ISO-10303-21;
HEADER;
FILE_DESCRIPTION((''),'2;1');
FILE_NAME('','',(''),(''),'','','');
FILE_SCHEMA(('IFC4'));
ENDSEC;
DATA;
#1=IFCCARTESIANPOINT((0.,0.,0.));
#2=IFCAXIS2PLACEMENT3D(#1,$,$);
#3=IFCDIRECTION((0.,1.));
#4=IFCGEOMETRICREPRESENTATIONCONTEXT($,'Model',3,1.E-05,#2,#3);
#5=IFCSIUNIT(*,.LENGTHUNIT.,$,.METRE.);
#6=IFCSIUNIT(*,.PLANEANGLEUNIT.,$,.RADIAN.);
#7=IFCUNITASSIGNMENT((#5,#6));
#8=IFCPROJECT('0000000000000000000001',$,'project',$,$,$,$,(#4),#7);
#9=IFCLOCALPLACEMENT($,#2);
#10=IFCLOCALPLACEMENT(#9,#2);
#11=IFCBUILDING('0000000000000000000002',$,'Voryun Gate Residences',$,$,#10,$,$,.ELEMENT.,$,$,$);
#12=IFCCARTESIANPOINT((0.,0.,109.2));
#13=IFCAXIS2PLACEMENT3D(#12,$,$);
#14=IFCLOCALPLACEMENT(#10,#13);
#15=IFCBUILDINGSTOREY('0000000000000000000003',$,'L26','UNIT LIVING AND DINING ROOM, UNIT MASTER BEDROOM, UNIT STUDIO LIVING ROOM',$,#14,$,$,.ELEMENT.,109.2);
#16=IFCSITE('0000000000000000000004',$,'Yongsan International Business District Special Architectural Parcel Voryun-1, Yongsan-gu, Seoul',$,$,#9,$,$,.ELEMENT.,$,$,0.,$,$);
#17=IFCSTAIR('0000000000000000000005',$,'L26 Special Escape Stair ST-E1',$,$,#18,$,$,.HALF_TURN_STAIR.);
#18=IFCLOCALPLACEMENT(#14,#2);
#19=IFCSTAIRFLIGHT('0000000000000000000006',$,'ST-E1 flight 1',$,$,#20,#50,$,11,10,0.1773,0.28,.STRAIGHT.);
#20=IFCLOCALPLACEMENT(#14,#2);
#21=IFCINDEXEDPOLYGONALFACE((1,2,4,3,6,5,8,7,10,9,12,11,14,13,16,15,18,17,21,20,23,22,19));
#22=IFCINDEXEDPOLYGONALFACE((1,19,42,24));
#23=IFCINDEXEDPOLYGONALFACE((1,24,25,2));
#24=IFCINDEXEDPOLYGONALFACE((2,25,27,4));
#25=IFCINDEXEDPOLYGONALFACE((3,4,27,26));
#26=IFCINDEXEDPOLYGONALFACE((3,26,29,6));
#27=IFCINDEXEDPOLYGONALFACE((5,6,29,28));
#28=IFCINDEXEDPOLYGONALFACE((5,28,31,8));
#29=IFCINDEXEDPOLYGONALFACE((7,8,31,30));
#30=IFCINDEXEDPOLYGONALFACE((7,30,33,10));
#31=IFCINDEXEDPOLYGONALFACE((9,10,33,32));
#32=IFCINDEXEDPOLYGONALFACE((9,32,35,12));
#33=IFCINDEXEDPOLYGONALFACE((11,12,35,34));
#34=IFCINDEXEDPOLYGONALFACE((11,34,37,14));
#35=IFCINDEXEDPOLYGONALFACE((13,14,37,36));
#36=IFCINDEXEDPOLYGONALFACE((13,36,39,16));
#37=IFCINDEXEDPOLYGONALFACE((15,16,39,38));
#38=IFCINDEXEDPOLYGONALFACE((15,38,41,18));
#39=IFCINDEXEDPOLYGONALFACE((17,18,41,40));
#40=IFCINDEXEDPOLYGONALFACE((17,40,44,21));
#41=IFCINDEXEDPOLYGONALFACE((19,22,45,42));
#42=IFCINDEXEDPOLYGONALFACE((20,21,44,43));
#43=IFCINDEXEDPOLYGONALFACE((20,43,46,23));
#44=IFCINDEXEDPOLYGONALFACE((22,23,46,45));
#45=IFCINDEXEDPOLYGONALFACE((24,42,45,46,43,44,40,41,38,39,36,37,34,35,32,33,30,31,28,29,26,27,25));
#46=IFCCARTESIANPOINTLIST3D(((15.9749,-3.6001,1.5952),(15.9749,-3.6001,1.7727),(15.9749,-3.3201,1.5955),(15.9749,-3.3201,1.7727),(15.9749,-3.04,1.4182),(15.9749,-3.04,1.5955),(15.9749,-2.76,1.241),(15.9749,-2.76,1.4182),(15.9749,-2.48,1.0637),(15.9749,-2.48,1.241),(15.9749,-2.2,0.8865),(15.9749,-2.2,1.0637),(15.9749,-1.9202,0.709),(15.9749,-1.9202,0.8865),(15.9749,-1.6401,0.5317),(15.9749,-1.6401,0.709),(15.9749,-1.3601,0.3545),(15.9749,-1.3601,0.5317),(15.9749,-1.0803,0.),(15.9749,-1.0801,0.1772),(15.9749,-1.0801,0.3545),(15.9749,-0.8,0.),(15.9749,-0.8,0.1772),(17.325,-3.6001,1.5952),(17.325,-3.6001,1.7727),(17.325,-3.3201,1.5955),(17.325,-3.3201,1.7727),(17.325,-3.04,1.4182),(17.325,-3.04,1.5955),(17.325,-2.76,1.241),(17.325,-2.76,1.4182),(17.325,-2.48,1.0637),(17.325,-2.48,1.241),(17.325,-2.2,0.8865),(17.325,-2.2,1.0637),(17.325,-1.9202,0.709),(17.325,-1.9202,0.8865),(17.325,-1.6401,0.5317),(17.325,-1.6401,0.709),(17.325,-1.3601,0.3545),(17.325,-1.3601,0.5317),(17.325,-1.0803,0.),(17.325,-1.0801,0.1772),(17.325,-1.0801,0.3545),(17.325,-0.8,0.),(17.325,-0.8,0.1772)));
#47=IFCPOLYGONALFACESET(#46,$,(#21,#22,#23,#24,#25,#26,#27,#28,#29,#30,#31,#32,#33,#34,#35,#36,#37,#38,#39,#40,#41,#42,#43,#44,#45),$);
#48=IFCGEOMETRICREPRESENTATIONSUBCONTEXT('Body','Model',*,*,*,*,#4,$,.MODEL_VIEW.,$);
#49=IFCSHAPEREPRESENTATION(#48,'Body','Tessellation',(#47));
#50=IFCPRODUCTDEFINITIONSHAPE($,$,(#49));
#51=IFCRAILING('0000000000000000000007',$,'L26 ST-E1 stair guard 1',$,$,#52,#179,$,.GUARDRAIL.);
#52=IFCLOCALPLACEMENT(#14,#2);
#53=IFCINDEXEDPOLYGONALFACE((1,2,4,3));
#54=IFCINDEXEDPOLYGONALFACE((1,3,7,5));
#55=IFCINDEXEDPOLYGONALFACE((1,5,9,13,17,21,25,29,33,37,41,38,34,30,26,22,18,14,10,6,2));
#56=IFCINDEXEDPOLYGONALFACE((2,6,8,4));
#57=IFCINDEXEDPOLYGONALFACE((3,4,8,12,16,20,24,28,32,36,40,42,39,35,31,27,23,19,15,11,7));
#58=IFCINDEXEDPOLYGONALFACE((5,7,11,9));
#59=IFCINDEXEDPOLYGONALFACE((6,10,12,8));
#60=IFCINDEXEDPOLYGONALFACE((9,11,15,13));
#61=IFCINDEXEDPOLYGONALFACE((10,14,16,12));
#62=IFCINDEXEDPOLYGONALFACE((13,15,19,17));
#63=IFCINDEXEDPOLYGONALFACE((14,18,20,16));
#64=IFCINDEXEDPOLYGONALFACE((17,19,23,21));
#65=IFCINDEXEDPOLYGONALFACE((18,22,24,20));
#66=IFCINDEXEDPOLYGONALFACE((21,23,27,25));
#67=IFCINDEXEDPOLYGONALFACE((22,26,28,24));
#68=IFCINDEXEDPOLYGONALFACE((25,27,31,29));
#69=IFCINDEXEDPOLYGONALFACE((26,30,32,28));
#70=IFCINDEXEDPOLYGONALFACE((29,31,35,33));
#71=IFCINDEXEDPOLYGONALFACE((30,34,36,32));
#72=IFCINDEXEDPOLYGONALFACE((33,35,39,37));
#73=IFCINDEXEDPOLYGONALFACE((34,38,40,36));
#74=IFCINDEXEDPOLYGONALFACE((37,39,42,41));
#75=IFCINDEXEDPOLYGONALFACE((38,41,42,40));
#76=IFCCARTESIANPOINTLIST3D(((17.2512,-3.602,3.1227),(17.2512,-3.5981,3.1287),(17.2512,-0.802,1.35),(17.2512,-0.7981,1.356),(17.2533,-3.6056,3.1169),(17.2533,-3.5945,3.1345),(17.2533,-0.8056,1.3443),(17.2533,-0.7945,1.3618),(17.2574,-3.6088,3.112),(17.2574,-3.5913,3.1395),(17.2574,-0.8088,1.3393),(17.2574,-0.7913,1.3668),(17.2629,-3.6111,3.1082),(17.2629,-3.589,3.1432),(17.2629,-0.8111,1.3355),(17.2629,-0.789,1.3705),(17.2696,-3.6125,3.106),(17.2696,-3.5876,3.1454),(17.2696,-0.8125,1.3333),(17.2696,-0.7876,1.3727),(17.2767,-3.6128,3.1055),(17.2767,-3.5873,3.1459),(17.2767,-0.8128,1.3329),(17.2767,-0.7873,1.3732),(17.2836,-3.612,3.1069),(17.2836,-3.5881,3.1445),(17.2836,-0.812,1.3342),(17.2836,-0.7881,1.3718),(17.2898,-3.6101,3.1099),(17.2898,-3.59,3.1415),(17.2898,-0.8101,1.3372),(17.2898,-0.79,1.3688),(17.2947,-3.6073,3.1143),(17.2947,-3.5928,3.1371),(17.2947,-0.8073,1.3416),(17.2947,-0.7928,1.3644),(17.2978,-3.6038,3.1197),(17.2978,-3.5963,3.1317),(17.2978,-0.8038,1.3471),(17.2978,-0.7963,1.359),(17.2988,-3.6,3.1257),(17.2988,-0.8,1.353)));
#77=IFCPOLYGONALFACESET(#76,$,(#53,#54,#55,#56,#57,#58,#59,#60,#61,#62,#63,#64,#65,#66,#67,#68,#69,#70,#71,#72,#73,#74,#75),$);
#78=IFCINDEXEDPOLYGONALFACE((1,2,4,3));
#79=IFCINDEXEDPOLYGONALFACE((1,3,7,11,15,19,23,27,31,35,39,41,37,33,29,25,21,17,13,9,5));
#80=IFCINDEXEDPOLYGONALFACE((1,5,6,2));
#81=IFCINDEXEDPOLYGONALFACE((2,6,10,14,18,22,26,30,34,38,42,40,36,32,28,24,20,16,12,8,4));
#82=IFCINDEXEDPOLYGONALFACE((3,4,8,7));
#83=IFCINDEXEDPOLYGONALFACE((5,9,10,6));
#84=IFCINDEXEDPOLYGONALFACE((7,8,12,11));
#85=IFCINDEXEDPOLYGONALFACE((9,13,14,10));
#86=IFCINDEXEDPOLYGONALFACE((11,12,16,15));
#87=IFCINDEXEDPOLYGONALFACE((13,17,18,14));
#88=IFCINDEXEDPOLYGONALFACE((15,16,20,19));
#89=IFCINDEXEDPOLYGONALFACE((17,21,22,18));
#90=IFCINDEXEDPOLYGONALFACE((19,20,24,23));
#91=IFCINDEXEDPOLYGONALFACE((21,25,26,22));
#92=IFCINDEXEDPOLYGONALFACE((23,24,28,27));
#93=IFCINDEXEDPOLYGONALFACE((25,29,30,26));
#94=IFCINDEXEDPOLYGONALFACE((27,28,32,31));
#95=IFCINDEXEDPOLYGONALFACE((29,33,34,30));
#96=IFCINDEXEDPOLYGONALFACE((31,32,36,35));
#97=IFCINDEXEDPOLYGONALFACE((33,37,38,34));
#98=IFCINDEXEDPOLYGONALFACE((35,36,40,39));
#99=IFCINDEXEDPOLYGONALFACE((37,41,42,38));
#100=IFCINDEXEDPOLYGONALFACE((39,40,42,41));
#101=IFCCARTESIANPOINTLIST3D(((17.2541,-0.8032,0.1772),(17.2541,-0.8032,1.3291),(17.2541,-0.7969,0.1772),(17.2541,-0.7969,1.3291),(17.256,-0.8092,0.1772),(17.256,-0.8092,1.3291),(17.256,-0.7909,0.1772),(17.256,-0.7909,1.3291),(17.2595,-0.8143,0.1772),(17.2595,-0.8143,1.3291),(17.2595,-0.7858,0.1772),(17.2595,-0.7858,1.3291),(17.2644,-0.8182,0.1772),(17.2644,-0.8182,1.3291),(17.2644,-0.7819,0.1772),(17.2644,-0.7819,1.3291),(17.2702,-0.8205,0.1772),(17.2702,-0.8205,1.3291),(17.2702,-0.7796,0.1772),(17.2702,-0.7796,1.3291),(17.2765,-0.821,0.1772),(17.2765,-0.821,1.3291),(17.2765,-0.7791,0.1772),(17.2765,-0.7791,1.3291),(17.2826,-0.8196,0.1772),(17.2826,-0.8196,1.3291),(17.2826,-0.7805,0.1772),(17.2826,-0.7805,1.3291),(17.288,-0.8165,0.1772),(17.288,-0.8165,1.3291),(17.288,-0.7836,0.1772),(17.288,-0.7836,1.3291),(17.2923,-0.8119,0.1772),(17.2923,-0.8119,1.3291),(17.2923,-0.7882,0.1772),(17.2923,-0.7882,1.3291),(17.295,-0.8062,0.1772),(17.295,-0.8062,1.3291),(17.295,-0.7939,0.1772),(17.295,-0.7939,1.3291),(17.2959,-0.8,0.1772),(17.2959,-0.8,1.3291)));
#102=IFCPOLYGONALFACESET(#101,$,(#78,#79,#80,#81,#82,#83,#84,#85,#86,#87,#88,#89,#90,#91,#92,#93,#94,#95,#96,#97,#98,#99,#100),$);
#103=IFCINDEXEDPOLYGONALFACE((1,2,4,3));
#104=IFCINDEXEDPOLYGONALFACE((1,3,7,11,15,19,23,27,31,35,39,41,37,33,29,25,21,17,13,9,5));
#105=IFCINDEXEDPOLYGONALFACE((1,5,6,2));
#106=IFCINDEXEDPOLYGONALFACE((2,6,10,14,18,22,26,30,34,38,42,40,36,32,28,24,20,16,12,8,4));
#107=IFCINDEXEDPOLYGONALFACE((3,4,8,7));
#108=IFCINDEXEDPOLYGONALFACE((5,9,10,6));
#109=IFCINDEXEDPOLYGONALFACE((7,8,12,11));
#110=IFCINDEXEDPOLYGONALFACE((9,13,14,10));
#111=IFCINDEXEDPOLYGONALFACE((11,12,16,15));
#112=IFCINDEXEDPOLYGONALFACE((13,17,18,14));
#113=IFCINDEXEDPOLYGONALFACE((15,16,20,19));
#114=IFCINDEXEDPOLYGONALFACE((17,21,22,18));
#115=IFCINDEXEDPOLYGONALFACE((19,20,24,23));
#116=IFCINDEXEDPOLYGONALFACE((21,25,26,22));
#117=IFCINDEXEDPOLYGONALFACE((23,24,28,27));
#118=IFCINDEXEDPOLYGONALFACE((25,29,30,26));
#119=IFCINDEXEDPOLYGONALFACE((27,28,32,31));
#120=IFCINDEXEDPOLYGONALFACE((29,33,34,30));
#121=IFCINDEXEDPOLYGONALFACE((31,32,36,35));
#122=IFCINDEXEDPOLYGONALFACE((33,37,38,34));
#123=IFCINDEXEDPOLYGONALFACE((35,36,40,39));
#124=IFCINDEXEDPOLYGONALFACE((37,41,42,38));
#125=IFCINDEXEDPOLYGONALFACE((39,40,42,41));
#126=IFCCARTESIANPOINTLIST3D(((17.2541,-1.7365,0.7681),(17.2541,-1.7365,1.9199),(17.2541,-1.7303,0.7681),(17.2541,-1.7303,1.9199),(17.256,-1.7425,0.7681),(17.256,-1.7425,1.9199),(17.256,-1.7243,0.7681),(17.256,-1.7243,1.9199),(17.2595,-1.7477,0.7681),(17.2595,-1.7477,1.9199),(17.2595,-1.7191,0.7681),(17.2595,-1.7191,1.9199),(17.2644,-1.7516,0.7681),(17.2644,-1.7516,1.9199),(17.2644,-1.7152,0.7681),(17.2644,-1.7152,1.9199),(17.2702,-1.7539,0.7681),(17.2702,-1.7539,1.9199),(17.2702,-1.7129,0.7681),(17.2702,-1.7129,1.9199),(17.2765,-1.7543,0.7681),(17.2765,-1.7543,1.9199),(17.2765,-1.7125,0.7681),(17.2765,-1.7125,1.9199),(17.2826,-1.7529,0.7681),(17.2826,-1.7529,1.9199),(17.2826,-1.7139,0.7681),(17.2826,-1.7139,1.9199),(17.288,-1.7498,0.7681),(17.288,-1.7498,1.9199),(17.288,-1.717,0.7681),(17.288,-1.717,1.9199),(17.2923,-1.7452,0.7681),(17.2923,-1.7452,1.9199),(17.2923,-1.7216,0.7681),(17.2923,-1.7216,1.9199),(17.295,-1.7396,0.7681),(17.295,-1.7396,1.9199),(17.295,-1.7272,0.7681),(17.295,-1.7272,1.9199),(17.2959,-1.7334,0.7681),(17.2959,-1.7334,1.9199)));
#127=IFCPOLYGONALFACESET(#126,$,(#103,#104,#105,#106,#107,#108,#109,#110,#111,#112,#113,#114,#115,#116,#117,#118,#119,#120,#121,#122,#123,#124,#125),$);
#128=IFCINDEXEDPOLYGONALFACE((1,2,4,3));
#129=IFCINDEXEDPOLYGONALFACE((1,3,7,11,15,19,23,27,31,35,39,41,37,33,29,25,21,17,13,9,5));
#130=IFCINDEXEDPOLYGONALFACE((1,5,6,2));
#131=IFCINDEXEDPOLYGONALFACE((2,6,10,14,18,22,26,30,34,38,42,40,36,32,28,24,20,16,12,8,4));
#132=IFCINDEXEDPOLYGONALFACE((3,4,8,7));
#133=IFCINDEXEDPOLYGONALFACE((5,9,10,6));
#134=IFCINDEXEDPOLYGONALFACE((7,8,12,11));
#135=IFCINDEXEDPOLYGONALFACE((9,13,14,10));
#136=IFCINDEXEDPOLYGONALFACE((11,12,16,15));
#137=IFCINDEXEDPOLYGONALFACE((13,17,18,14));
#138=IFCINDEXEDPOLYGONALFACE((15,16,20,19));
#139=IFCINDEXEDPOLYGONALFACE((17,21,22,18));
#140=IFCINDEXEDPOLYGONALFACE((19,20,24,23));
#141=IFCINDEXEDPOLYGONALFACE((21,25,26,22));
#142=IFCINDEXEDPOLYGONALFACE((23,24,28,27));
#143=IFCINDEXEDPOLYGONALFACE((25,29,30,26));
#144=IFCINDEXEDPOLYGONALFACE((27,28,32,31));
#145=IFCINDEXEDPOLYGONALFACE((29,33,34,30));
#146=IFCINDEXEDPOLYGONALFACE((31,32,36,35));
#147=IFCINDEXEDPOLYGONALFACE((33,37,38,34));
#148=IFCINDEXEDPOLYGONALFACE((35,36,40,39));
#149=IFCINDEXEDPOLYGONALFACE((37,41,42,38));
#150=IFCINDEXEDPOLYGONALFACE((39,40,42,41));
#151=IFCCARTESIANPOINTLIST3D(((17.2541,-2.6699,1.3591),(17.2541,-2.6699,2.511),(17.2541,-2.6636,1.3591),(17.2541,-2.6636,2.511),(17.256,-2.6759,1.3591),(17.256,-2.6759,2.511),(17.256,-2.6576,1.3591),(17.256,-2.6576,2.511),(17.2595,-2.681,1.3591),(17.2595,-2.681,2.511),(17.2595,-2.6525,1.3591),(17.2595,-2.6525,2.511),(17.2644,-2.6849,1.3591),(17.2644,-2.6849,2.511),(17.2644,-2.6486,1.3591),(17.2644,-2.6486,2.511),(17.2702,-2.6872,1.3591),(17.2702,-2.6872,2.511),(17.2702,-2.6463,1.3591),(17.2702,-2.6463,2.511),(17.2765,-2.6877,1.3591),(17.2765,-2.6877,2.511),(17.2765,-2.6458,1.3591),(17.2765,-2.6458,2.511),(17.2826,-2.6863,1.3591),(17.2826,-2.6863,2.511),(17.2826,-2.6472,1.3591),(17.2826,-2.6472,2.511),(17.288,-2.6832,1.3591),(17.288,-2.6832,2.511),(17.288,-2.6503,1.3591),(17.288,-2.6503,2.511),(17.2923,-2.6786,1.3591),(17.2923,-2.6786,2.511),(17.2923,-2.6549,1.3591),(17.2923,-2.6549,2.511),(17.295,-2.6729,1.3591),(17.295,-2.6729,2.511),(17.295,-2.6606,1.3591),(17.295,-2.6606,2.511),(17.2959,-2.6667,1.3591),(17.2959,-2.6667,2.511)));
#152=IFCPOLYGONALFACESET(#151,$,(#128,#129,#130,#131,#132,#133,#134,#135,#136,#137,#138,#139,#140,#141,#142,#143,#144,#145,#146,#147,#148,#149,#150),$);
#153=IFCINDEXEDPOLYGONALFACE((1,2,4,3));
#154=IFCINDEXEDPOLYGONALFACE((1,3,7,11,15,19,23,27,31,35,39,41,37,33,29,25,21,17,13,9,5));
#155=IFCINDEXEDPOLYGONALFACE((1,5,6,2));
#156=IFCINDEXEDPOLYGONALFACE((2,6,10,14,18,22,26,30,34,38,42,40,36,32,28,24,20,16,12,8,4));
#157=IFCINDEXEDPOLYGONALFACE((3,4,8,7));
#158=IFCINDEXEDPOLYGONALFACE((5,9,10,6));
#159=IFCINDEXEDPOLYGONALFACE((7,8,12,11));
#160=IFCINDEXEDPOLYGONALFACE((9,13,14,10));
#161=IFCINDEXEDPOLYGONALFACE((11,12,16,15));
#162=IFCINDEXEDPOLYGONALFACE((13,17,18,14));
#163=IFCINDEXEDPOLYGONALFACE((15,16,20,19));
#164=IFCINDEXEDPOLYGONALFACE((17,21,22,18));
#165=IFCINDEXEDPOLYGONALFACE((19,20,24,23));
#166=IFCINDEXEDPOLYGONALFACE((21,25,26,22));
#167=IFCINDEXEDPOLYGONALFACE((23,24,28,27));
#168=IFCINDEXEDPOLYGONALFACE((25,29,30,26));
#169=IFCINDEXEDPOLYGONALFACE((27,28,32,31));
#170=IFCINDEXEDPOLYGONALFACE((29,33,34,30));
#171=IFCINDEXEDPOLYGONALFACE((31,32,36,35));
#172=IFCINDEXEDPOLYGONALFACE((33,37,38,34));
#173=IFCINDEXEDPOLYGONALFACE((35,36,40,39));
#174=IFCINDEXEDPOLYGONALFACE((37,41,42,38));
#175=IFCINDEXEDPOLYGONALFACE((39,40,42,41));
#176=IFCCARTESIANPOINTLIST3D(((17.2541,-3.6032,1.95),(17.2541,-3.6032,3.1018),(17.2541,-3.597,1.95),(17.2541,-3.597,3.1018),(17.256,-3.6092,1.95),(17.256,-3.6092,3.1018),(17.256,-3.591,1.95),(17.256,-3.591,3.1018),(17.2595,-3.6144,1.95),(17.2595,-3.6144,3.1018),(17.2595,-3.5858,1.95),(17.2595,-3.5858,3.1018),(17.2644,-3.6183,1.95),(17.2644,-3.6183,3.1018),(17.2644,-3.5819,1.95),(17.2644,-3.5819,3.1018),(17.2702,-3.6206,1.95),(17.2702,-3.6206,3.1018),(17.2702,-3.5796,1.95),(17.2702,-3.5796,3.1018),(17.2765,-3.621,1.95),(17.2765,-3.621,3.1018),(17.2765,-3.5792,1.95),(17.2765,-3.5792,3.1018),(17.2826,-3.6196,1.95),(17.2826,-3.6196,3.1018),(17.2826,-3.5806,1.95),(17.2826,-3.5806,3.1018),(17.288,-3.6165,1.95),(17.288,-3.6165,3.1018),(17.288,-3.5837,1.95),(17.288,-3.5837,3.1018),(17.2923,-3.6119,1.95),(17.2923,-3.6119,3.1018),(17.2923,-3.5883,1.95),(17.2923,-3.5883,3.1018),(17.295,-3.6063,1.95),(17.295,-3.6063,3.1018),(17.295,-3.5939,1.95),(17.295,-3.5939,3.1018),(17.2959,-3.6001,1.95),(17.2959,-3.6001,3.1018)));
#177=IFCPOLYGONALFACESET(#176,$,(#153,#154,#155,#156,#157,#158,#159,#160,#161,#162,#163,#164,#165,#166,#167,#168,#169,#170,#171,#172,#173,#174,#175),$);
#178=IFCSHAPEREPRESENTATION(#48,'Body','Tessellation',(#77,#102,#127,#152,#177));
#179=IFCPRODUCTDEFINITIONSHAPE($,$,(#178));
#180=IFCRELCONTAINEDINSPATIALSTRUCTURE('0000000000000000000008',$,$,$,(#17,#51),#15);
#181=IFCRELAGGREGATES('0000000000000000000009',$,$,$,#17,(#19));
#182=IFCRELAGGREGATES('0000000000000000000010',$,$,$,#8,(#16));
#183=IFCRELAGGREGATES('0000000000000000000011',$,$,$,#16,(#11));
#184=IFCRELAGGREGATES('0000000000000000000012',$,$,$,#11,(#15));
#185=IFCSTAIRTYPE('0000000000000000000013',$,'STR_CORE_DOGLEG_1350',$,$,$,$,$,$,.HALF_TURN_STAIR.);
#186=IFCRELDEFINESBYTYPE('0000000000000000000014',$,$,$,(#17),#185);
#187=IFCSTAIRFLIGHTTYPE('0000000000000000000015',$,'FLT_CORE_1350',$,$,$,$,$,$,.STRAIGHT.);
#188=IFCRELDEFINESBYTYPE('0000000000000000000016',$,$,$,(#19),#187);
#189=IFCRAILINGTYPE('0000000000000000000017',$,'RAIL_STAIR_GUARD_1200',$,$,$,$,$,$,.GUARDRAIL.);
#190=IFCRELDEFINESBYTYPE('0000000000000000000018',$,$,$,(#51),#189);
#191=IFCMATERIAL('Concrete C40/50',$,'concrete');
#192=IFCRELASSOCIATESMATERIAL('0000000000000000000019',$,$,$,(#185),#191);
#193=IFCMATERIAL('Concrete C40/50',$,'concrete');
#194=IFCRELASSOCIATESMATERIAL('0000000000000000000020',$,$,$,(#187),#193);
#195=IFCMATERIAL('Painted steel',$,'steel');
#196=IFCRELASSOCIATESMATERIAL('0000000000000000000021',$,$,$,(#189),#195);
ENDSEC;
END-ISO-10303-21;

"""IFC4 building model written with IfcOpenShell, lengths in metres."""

from ifc_helpers import new_model, si_unit, direction, frame, origin, origin_2d, place, context, subcontext, project, spatial, polyline, circle, outline, extrude, material, type_object, element, aggregate, save


model = new_model("IFC4")

# Units and contexts
model_context = context("Model", 3, precision=1e-05, world=origin(), true_north=direction((0.0, 1.0)))
body_context = subcontext(model_context, "Body", "Model", "MODEL_VIEW")
ifc_project = project(units=[si_unit("LENGTHUNIT", "METRE"), si_unit("PLANEANGLEUNIT", "RADIAN")], contexts=[model_context])

# Site, building, storey
site_placement = place(None, origin())
site = spatial("IfcSite", under=ifc_project, at=site_placement, Name="Yongsan International Business District Special Architectural Parcel Voryun-1, Yongsan-gu, Seoul", CompositionType="ELEMENT", RefElevation=0.0)
building_placement = place(site_placement, origin())
building = spatial("IfcBuilding", under=site, at=building_placement, Name="Voryun Gate Residences", CompositionType="ELEMENT")
storey_placement = place(building_placement, frame((0.0, 0.0, 109.2)))
storey = spatial("IfcBuildingStorey", under=building, at=storey_placement, Name="L26", Description="UNIT LIVING AND DINING ROOM, UNIT MASTER BEDROOM, UNIT STUDIO LIVING ROOM", CompositionType="ELEMENT", Elevation=109.2)

# Stair, stair flight
ifc_material_1 = material(Name="Concrete C40/50", Category="concrete")
stair_type = type_object("IfcStairType", Name="STR_CORE_DOGLEG_1350", PredefinedType="HALF_TURN_STAIR", material=ifc_material_1)
stair_placement = place(storey_placement, origin())
stair = element("IfcStair", 1, at=stair_placement, inside=storey, type_object=stair_type, Name="L26 Special Escape Stair ST-E1", PredefinedType="HALF_TURN_STAIR")
ifc_material_2 = material(Name="Concrete C40/50", Category="concrete")
stair_flight_type = type_object("IfcStairFlightType", Name="FLT_CORE_1350", PredefinedType="STRAIGHT", material=ifc_material_2)
stair_flight_placement = place(storey_placement, frame((16.6499, -0.8, 0.0), z_axis=(0.0, 0.0, 1.0), x_axis=(0.0, -1.0, 0.0)))
stair_flight = element("IfcStairFlight", 2, at=stair_flight_placement, type_object=stair_flight_type, Name="ST-E1 flight 1", NumberOfRisers=11, NumberOfTreads=10, PredefinedType="STRAIGHT", RiserHeight=0.1773, TreadLength=0.28, context=body_context, shape_type="SweptSolid", body=[
    extrude(outline(polyline([(0.0, 0.0), (0.0, 0.1772), (0.28, 0.1772), (0.28, 0.3545), (0.5601, 0.3545), (0.5601, 0.5317), (0.8401, 0.5317), (0.8401, 0.709), (1.1201, 0.709), (1.1201, 0.8865), (1.3999, 0.8865), (1.3999, 1.0637), (1.6799, 1.0637), (1.6799, 1.241), (1.96, 1.241), (1.96, 1.4182), (2.24, 1.4182), (2.24, 1.5955), (2.52, 1.5955), (2.52, 1.7727), (2.8, 1.7727), (2.8, 1.95), (2.8, 1.5952), (0.2803, 0.0), (0.0, 0.0)])), frame((0.0, 0.675, 0.0), z_axis=(0.0, -1.0, 0.0), x_axis=(1.0, 0.0, 0.0)), (0.0, 0.0, 1.0), 1.3501),
])
aggregate(stair, [stair_flight])

# Railing
ifc_material_3 = material(Name="Painted steel", Category="steel")
railing_type_1 = type_object("IfcRailingType", Name="RAIL_STAIR_GUARD_1200", PredefinedType="GUARDRAIL", material=ifc_material_3)
railing_1_placement = place(storey_placement, frame((17.2749, -0.8, 0.1772)))
element("IfcRailing", 3, at=railing_1_placement, inside=storey, type_object=railing_type_1, Name="L26 ST-E1 stair guard 1", PredefinedType="GUARDRAIL", context=body_context, shape_type="SweptSolid", body=[
    extrude(circle(Radius=0.0239, at=origin_2d()), frame((0.0, 0.0, 1.1758), z_axis=(0.0, -0.844909, 0.53491), x_axis=(1.0, 0.0, 0.0)), (0.0, 0.0, 1.0), 3.314),
    extrude(circle(Radius=0.021, at=origin_2d()), origin(), (0.0, 0.0, 1.0), 1.1519),
    extrude(circle(Radius=0.021, at=origin_2d()), frame((0.0, -0.9333, 0.5908)), (0.0, 0.0, 1.0), 1.1519),
    extrude(circle(Radius=0.021, at=origin_2d()), frame((0.0, -1.8667, 1.1819)), (0.0, 0.0, 1.0), 1.1519),
    extrude(circle(Radius=0.021, at=origin_2d()), frame((0.0, -2.8, 1.7727)), (0.0, 0.0, 1.0), 1.1519),
])

save(model, "model.ifc")
